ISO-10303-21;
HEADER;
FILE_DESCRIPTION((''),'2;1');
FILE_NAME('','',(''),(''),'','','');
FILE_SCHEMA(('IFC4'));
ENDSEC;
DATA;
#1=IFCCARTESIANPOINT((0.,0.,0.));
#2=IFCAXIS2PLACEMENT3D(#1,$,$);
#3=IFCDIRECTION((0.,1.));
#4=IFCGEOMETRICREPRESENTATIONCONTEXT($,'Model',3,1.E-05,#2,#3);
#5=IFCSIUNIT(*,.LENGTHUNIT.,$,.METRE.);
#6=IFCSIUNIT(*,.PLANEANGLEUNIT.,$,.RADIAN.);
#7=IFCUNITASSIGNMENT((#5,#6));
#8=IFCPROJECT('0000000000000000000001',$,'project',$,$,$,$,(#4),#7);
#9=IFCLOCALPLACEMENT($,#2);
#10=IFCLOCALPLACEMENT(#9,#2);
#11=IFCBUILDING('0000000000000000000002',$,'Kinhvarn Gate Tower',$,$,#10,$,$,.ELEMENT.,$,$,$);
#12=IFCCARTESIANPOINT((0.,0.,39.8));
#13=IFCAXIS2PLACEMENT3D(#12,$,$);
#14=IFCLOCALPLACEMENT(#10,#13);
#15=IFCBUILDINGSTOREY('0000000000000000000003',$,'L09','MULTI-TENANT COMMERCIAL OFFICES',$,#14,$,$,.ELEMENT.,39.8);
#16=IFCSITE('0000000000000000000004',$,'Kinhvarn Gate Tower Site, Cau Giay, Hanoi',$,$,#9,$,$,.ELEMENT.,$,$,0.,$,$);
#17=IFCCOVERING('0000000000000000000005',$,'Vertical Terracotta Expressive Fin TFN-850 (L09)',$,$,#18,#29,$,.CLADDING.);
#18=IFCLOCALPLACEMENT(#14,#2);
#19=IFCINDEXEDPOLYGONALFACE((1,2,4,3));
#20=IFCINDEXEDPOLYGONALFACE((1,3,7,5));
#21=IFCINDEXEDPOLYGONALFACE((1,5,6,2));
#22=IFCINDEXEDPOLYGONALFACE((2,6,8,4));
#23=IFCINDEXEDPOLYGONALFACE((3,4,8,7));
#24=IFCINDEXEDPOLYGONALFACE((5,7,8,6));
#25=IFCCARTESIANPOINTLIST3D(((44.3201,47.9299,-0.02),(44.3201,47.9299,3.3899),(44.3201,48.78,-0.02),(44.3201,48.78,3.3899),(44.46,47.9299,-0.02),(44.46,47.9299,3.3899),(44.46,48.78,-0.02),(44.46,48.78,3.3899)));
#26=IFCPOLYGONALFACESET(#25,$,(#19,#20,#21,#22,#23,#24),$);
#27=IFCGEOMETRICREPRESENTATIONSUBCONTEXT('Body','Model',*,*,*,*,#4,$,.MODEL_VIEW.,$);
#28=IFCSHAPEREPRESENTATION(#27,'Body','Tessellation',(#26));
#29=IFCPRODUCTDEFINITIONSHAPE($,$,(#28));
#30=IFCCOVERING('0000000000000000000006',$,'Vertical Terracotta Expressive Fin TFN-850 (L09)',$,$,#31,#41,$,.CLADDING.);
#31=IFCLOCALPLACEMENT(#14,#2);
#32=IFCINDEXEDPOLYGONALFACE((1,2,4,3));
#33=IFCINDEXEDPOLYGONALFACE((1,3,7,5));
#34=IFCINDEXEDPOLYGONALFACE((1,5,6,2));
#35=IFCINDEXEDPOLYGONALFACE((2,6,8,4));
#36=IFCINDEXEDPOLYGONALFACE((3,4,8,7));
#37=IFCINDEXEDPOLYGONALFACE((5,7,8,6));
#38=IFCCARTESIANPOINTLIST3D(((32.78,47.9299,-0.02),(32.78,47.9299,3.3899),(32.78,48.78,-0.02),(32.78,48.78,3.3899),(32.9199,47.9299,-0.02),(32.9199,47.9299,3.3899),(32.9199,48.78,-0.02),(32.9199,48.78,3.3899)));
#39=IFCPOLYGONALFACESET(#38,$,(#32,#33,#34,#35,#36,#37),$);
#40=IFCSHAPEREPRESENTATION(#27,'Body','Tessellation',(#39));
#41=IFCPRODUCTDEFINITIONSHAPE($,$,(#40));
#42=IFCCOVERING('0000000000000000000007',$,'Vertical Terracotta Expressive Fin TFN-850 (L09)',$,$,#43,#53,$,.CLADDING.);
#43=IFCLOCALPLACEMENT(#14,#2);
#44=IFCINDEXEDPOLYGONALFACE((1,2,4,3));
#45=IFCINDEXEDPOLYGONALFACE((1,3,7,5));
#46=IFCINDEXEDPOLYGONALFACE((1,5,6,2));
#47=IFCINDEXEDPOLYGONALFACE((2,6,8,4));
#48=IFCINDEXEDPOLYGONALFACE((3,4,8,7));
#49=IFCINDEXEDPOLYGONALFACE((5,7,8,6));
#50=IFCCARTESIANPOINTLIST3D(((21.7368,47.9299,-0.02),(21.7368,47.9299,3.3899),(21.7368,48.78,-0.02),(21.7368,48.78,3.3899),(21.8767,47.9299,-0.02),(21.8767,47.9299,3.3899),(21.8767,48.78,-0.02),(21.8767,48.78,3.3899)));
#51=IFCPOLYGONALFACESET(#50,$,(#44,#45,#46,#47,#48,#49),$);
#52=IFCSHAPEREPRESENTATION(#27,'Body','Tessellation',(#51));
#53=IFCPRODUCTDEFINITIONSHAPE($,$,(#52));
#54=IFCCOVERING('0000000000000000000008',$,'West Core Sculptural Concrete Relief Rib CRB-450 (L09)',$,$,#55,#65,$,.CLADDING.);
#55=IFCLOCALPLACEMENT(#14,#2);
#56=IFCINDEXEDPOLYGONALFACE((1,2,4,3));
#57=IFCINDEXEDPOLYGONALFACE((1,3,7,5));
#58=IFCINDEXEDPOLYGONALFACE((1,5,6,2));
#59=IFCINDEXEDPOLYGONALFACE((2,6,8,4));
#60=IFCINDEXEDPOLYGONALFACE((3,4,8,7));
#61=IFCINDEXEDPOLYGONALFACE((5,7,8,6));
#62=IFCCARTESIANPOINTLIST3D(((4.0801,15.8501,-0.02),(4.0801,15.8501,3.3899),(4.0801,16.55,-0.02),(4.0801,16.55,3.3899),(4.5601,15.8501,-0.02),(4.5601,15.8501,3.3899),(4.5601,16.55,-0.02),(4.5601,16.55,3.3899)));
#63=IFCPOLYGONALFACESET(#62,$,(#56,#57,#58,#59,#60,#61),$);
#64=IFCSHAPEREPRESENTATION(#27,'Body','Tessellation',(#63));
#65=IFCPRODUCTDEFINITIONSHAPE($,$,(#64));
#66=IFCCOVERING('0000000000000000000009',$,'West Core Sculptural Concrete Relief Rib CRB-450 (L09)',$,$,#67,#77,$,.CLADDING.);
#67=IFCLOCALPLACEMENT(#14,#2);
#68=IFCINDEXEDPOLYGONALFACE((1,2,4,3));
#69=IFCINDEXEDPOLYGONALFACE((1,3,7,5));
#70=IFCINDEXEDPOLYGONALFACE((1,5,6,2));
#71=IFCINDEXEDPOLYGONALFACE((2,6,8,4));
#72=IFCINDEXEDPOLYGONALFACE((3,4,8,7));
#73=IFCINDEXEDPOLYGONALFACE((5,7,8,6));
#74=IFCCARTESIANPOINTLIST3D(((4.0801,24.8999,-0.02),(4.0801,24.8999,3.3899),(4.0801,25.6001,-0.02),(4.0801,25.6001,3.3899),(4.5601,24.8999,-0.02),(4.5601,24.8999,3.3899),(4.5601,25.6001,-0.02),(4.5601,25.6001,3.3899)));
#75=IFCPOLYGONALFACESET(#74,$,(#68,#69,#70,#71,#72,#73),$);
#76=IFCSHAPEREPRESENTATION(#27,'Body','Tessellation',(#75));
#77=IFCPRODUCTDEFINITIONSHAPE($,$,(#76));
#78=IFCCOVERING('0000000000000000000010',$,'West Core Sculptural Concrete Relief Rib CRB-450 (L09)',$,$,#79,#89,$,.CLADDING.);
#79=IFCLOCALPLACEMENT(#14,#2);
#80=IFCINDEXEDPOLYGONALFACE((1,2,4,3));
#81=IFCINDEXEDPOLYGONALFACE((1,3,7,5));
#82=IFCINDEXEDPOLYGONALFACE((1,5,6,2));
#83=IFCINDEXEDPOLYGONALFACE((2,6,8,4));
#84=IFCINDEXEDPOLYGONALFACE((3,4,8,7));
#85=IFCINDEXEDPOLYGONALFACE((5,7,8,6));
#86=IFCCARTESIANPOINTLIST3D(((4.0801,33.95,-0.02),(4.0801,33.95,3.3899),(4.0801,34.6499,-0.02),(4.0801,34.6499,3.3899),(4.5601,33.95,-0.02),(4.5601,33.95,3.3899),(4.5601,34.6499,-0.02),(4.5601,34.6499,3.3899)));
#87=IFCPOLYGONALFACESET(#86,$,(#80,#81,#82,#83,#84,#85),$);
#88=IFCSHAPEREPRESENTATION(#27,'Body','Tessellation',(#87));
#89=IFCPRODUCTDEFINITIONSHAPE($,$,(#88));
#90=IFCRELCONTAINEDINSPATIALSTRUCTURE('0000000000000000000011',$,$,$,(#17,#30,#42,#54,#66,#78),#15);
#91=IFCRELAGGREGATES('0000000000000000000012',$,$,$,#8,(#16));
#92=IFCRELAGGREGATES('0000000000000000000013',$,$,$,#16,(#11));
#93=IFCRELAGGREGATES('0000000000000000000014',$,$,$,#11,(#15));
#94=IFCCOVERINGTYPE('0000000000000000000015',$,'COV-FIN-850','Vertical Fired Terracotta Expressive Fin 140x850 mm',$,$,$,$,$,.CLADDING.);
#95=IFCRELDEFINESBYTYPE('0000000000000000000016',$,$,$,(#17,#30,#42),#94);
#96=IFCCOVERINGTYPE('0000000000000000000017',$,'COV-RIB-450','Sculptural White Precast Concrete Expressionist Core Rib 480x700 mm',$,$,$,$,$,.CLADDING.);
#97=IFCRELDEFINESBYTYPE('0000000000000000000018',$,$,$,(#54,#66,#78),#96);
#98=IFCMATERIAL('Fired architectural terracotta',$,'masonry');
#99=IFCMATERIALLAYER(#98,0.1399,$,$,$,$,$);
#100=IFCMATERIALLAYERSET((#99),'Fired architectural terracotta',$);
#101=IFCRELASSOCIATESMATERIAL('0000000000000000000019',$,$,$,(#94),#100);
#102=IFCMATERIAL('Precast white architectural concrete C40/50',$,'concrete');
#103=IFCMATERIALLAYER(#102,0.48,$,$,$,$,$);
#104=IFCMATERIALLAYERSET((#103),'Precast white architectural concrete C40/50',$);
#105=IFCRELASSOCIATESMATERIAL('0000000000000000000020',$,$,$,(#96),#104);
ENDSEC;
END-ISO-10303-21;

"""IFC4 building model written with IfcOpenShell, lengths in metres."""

from ifc_helpers import new_model, si_unit, direction, frame, origin, place, context, subcontext, project, spatial, polyline, outline, extrude, material, layer, layer_set, type_object, element, save


model = new_model("IFC4")

# Units and contexts
model_context = context("Model", 3, precision=1e-05, world=origin(), true_north=direction((0.0, 1.0)))
body_context = subcontext(model_context, "Body", "Model", "MODEL_VIEW")
ifc_project = project(units=[si_unit("LENGTHUNIT", "METRE"), si_unit("PLANEANGLEUNIT", "RADIAN")], contexts=[model_context])

# Site, building, storey
site_placement = place(None, origin())
site = spatial("IfcSite", under=ifc_project, at=site_placement, Name="Kinhvarn Gate Tower Site, Cau Giay, Hanoi", CompositionType="ELEMENT", RefElevation=0.0)
building_placement = place(site_placement, origin())
building = spatial("IfcBuilding", under=site, at=building_placement, Name="Kinhvarn Gate Tower", CompositionType="ELEMENT")
storey_placement = place(building_placement, frame((0.0, 0.0, 39.8)))
storey = spatial("IfcBuildingStorey", under=building, at=storey_placement, Name="L09", Description="MULTI-TENANT COMMERCIAL OFFICES", CompositionType="ELEMENT", Elevation=39.8)

# Shared definitions
ifc_material_1 = material(Name="Precast white architectural concrete C40/50", Category="concrete")

# Coverings
ifc_material_2 = material(Name="Fired architectural terracotta", Category="masonry")
ifc_layer_1 = layer(ifc_material_2, 0.1399)
ifc_layer_set_1 = layer_set([ifc_layer_1], Name="Fired architectural terracotta")
covering_type_1 = type_object("IfcCoveringType", Name="COV-FIN-850", Description="Vertical Fired Terracotta Expressive Fin 140x850 mm", PredefinedType="CLADDING", material=ifc_layer_set_1)
covering_1_placement = place(storey_placement, frame((0.0, 0.0, -0.02)))
element("IfcCovering", 1, at=covering_1_placement, inside=storey, type_object=covering_type_1, Name="Vertical Terracotta Expressive Fin TFN-850 (L09)", PredefinedType="CLADDING", context=body_context, shape_type="SweptSolid", body=[
    extrude(outline(polyline([(44.46, 47.9299), (44.3201, 47.9299), (44.3201, 48.78), (44.46, 48.78), (44.46, 47.9299)])), origin(), (0.0, 0.0, 1.0), 3.4099),
])
covering_2_placement = place(storey_placement, frame((0.0, 0.0, -0.02)))
element("IfcCovering", 2, at=covering_2_placement, inside=storey, type_object=covering_type_1, Name="Vertical Terracotta Expressive Fin TFN-850 (L09)", PredefinedType="CLADDING", context=body_context, shape_type="SweptSolid", body=[
    extrude(outline(polyline([(32.9199, 47.9299), (32.78, 47.9299), (32.78, 48.78), (32.9199, 48.78), (32.9199, 47.9299)])), origin(), (0.0, 0.0, 1.0), 3.4099),
])
covering_3_placement = place(storey_placement, frame((0.0, 0.0, -0.02)))
element("IfcCovering", 3, at=covering_3_placement, inside=storey, type_object=covering_type_1, Name="Vertical Terracotta Expressive Fin TFN-850 (L09)", PredefinedType="CLADDING", context=body_context, shape_type="SweptSolid", body=[
    extrude(outline(polyline([(21.8767, 47.9299), (21.7368, 47.9299), (21.7368, 48.78), (21.8767, 48.78), (21.8767, 47.9299)])), origin(), (0.0, 0.0, 1.0), 3.4099),
])
ifc_layer_2 = layer(ifc_material_1, 0.48)
ifc_layer_set_2 = layer_set([ifc_layer_2], Name="Precast white architectural concrete C40/50")
covering_type_2 = type_object("IfcCoveringType", Name="COV-RIB-450", Description="Sculptural White Precast Concrete Expressionist Core Rib 480x700 mm", PredefinedType="CLADDING", material=ifc_layer_set_2)
covering_4_placement = place(storey_placement, frame((0.0, 0.0, -0.02)))
element("IfcCovering", 4, at=covering_4_placement, inside=storey, type_object=covering_type_2, Name="West Core Sculptural Concrete Relief Rib CRB-450 (L09)", PredefinedType="CLADDING", context=body_context, shape_type="SweptSolid", body=[
    extrude(outline(polyline([(4.0801, 15.8501), (4.5601, 15.8501), (4.5601, 16.55), (4.0801, 16.55), (4.0801, 15.8501)])), origin(), (0.0, 0.0, 1.0), 3.4099),
])
covering_5_placement = place(storey_placement, frame((0.0, 0.0, -0.02)))
element("IfcCovering", 5, at=covering_5_placement, inside=storey, type_object=covering_type_2, Name="West Core Sculptural Concrete Relief Rib CRB-450 (L09)", PredefinedType="CLADDING", context=body_context, shape_type="SweptSolid", body=[
    extrude(outline(polyline([(4.0801, 24.8999), (4.5601, 24.8999), (4.5601, 25.6001), (4.0801, 25.6001), (4.0801, 24.8999)])), origin(), (0.0, 0.0, 1.0), 3.4099),
])
covering_6_placement = place(storey_placement, frame((0.0, 0.0, -0.02)))
element("IfcCovering", 6, at=covering_6_placement, inside=storey, type_object=covering_type_2, Name="West Core Sculptural Concrete Relief Rib CRB-450 (L09)", PredefinedType="CLADDING", context=body_context, shape_type="SweptSolid", body=[
    extrude(outline(polyline([(4.0801, 33.95), (4.5601, 33.95), (4.5601, 34.6499), (4.0801, 34.6499), (4.0801, 33.95)])), origin(), (0.0, 0.0, 1.0), 3.4099),
])

save(model, "model.ifc")
